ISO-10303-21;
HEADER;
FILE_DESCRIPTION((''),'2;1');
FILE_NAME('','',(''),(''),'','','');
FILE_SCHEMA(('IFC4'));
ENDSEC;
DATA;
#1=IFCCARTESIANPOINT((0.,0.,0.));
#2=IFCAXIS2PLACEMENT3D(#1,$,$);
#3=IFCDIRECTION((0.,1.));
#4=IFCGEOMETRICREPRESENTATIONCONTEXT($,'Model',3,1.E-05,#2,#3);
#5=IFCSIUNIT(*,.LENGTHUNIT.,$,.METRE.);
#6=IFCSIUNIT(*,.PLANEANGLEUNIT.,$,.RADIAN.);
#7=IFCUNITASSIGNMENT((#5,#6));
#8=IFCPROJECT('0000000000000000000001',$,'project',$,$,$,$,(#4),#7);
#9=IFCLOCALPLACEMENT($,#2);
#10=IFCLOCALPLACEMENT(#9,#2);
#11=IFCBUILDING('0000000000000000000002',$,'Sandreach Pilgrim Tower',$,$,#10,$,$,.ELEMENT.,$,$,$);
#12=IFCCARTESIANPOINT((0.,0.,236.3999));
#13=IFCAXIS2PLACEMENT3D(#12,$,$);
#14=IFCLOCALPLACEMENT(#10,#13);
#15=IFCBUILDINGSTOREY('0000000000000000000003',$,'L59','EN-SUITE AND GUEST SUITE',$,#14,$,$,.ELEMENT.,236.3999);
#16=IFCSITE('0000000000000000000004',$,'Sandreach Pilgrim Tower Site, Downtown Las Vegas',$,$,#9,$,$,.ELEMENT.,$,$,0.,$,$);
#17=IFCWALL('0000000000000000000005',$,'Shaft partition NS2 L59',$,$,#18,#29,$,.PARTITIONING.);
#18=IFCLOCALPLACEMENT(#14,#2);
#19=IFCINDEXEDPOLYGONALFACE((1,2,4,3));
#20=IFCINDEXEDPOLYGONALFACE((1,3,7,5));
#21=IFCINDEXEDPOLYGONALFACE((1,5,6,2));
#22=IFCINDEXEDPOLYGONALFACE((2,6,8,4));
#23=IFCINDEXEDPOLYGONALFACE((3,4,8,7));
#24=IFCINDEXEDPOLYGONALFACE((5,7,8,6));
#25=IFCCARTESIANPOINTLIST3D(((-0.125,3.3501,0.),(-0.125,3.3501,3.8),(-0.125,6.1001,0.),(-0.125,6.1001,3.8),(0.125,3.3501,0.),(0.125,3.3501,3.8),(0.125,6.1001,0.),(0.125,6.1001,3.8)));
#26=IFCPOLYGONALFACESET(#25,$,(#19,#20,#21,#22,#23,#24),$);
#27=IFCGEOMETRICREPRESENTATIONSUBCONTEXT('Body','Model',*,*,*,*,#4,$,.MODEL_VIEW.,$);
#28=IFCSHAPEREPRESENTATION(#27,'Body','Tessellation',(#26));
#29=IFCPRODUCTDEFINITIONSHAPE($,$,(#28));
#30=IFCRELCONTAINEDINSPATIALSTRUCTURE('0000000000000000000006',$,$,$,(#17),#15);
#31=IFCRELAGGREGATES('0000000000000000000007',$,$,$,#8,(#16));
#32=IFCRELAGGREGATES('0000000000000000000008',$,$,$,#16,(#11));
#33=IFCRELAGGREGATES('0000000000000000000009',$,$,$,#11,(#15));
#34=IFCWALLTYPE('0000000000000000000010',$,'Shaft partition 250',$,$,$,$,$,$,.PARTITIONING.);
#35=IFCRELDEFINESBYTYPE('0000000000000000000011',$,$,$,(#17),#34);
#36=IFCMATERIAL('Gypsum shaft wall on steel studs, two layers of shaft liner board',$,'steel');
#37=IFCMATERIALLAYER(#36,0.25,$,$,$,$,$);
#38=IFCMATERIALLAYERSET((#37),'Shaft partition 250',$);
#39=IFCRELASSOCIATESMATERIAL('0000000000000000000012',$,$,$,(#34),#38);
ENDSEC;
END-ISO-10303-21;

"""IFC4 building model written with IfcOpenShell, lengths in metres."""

from ifc_helpers import new_model, si_unit, direction, frame, frame_2d, origin, place, context, subcontext, project, spatial, rectangle, extrude, material, layer, layer_set, type_object, element, save


model = new_model("IFC4")

# Units and contexts
model_context = context("Model", 3, precision=1e-05, world=origin(), true_north=direction((0.0, 1.0)))
body_context = subcontext(model_context, "Body", "Model", "MODEL_VIEW")
ifc_project = project(units=[si_unit("LENGTHUNIT", "METRE"), si_unit("PLANEANGLEUNIT", "RADIAN")], contexts=[model_context])

# Site, building, storey
site_placement = place(None, origin())
site = spatial("IfcSite", under=ifc_project, at=site_placement, Name="Sandreach Pilgrim Tower Site, Downtown Las Vegas", CompositionType="ELEMENT", RefElevation=0.0)
building_placement = place(site_placement, origin())
building = spatial("IfcBuilding", under=site, at=building_placement, Name="Sandreach Pilgrim Tower", CompositionType="ELEMENT")
storey_placement = place(building_placement, frame((0.0, 0.0, 236.3999)))
storey = spatial("IfcBuildingStorey", under=building, at=storey_placement, Name="L59", Description="EN-SUITE AND GUEST SUITE", CompositionType="ELEMENT", Elevation=236.3999)

# Wall
ifc_material_1 = material(Name="Gypsum shaft wall on steel studs, two layers of shaft liner board", Category="steel")
ifc_layer_1 = layer(ifc_material_1, 0.25)
ifc_layer_set_1 = layer_set([ifc_layer_1], Name="Shaft partition 250")
wall_type_1 = type_object("IfcWallType", Name="Shaft partition 250", PredefinedType="PARTITIONING", material=ifc_layer_set_1)
for number, where, z_axis, x_axis, name in (
    (1, (0.0, 3.3501, 0.0), (0.0, 0.0, 1.0), (0.0, 1.0, 0.0), "Shaft partition NS2 L59"),
):
    element("IfcWall", number, at=place(storey_placement, frame(where, z_axis=z_axis, x_axis=x_axis)), inside=storey, type_object=wall_type_1, Name=name, PredefinedType="PARTITIONING", context=body_context, shape_type="SweptSolid", body=[
        extrude(rectangle(XDim=2.75, YDim=0.25, at=frame_2d((1.375, 0.0))), origin(), (0.0, 0.0, 1.0), 3.8),
    ])

save(model, "model.ifc")
